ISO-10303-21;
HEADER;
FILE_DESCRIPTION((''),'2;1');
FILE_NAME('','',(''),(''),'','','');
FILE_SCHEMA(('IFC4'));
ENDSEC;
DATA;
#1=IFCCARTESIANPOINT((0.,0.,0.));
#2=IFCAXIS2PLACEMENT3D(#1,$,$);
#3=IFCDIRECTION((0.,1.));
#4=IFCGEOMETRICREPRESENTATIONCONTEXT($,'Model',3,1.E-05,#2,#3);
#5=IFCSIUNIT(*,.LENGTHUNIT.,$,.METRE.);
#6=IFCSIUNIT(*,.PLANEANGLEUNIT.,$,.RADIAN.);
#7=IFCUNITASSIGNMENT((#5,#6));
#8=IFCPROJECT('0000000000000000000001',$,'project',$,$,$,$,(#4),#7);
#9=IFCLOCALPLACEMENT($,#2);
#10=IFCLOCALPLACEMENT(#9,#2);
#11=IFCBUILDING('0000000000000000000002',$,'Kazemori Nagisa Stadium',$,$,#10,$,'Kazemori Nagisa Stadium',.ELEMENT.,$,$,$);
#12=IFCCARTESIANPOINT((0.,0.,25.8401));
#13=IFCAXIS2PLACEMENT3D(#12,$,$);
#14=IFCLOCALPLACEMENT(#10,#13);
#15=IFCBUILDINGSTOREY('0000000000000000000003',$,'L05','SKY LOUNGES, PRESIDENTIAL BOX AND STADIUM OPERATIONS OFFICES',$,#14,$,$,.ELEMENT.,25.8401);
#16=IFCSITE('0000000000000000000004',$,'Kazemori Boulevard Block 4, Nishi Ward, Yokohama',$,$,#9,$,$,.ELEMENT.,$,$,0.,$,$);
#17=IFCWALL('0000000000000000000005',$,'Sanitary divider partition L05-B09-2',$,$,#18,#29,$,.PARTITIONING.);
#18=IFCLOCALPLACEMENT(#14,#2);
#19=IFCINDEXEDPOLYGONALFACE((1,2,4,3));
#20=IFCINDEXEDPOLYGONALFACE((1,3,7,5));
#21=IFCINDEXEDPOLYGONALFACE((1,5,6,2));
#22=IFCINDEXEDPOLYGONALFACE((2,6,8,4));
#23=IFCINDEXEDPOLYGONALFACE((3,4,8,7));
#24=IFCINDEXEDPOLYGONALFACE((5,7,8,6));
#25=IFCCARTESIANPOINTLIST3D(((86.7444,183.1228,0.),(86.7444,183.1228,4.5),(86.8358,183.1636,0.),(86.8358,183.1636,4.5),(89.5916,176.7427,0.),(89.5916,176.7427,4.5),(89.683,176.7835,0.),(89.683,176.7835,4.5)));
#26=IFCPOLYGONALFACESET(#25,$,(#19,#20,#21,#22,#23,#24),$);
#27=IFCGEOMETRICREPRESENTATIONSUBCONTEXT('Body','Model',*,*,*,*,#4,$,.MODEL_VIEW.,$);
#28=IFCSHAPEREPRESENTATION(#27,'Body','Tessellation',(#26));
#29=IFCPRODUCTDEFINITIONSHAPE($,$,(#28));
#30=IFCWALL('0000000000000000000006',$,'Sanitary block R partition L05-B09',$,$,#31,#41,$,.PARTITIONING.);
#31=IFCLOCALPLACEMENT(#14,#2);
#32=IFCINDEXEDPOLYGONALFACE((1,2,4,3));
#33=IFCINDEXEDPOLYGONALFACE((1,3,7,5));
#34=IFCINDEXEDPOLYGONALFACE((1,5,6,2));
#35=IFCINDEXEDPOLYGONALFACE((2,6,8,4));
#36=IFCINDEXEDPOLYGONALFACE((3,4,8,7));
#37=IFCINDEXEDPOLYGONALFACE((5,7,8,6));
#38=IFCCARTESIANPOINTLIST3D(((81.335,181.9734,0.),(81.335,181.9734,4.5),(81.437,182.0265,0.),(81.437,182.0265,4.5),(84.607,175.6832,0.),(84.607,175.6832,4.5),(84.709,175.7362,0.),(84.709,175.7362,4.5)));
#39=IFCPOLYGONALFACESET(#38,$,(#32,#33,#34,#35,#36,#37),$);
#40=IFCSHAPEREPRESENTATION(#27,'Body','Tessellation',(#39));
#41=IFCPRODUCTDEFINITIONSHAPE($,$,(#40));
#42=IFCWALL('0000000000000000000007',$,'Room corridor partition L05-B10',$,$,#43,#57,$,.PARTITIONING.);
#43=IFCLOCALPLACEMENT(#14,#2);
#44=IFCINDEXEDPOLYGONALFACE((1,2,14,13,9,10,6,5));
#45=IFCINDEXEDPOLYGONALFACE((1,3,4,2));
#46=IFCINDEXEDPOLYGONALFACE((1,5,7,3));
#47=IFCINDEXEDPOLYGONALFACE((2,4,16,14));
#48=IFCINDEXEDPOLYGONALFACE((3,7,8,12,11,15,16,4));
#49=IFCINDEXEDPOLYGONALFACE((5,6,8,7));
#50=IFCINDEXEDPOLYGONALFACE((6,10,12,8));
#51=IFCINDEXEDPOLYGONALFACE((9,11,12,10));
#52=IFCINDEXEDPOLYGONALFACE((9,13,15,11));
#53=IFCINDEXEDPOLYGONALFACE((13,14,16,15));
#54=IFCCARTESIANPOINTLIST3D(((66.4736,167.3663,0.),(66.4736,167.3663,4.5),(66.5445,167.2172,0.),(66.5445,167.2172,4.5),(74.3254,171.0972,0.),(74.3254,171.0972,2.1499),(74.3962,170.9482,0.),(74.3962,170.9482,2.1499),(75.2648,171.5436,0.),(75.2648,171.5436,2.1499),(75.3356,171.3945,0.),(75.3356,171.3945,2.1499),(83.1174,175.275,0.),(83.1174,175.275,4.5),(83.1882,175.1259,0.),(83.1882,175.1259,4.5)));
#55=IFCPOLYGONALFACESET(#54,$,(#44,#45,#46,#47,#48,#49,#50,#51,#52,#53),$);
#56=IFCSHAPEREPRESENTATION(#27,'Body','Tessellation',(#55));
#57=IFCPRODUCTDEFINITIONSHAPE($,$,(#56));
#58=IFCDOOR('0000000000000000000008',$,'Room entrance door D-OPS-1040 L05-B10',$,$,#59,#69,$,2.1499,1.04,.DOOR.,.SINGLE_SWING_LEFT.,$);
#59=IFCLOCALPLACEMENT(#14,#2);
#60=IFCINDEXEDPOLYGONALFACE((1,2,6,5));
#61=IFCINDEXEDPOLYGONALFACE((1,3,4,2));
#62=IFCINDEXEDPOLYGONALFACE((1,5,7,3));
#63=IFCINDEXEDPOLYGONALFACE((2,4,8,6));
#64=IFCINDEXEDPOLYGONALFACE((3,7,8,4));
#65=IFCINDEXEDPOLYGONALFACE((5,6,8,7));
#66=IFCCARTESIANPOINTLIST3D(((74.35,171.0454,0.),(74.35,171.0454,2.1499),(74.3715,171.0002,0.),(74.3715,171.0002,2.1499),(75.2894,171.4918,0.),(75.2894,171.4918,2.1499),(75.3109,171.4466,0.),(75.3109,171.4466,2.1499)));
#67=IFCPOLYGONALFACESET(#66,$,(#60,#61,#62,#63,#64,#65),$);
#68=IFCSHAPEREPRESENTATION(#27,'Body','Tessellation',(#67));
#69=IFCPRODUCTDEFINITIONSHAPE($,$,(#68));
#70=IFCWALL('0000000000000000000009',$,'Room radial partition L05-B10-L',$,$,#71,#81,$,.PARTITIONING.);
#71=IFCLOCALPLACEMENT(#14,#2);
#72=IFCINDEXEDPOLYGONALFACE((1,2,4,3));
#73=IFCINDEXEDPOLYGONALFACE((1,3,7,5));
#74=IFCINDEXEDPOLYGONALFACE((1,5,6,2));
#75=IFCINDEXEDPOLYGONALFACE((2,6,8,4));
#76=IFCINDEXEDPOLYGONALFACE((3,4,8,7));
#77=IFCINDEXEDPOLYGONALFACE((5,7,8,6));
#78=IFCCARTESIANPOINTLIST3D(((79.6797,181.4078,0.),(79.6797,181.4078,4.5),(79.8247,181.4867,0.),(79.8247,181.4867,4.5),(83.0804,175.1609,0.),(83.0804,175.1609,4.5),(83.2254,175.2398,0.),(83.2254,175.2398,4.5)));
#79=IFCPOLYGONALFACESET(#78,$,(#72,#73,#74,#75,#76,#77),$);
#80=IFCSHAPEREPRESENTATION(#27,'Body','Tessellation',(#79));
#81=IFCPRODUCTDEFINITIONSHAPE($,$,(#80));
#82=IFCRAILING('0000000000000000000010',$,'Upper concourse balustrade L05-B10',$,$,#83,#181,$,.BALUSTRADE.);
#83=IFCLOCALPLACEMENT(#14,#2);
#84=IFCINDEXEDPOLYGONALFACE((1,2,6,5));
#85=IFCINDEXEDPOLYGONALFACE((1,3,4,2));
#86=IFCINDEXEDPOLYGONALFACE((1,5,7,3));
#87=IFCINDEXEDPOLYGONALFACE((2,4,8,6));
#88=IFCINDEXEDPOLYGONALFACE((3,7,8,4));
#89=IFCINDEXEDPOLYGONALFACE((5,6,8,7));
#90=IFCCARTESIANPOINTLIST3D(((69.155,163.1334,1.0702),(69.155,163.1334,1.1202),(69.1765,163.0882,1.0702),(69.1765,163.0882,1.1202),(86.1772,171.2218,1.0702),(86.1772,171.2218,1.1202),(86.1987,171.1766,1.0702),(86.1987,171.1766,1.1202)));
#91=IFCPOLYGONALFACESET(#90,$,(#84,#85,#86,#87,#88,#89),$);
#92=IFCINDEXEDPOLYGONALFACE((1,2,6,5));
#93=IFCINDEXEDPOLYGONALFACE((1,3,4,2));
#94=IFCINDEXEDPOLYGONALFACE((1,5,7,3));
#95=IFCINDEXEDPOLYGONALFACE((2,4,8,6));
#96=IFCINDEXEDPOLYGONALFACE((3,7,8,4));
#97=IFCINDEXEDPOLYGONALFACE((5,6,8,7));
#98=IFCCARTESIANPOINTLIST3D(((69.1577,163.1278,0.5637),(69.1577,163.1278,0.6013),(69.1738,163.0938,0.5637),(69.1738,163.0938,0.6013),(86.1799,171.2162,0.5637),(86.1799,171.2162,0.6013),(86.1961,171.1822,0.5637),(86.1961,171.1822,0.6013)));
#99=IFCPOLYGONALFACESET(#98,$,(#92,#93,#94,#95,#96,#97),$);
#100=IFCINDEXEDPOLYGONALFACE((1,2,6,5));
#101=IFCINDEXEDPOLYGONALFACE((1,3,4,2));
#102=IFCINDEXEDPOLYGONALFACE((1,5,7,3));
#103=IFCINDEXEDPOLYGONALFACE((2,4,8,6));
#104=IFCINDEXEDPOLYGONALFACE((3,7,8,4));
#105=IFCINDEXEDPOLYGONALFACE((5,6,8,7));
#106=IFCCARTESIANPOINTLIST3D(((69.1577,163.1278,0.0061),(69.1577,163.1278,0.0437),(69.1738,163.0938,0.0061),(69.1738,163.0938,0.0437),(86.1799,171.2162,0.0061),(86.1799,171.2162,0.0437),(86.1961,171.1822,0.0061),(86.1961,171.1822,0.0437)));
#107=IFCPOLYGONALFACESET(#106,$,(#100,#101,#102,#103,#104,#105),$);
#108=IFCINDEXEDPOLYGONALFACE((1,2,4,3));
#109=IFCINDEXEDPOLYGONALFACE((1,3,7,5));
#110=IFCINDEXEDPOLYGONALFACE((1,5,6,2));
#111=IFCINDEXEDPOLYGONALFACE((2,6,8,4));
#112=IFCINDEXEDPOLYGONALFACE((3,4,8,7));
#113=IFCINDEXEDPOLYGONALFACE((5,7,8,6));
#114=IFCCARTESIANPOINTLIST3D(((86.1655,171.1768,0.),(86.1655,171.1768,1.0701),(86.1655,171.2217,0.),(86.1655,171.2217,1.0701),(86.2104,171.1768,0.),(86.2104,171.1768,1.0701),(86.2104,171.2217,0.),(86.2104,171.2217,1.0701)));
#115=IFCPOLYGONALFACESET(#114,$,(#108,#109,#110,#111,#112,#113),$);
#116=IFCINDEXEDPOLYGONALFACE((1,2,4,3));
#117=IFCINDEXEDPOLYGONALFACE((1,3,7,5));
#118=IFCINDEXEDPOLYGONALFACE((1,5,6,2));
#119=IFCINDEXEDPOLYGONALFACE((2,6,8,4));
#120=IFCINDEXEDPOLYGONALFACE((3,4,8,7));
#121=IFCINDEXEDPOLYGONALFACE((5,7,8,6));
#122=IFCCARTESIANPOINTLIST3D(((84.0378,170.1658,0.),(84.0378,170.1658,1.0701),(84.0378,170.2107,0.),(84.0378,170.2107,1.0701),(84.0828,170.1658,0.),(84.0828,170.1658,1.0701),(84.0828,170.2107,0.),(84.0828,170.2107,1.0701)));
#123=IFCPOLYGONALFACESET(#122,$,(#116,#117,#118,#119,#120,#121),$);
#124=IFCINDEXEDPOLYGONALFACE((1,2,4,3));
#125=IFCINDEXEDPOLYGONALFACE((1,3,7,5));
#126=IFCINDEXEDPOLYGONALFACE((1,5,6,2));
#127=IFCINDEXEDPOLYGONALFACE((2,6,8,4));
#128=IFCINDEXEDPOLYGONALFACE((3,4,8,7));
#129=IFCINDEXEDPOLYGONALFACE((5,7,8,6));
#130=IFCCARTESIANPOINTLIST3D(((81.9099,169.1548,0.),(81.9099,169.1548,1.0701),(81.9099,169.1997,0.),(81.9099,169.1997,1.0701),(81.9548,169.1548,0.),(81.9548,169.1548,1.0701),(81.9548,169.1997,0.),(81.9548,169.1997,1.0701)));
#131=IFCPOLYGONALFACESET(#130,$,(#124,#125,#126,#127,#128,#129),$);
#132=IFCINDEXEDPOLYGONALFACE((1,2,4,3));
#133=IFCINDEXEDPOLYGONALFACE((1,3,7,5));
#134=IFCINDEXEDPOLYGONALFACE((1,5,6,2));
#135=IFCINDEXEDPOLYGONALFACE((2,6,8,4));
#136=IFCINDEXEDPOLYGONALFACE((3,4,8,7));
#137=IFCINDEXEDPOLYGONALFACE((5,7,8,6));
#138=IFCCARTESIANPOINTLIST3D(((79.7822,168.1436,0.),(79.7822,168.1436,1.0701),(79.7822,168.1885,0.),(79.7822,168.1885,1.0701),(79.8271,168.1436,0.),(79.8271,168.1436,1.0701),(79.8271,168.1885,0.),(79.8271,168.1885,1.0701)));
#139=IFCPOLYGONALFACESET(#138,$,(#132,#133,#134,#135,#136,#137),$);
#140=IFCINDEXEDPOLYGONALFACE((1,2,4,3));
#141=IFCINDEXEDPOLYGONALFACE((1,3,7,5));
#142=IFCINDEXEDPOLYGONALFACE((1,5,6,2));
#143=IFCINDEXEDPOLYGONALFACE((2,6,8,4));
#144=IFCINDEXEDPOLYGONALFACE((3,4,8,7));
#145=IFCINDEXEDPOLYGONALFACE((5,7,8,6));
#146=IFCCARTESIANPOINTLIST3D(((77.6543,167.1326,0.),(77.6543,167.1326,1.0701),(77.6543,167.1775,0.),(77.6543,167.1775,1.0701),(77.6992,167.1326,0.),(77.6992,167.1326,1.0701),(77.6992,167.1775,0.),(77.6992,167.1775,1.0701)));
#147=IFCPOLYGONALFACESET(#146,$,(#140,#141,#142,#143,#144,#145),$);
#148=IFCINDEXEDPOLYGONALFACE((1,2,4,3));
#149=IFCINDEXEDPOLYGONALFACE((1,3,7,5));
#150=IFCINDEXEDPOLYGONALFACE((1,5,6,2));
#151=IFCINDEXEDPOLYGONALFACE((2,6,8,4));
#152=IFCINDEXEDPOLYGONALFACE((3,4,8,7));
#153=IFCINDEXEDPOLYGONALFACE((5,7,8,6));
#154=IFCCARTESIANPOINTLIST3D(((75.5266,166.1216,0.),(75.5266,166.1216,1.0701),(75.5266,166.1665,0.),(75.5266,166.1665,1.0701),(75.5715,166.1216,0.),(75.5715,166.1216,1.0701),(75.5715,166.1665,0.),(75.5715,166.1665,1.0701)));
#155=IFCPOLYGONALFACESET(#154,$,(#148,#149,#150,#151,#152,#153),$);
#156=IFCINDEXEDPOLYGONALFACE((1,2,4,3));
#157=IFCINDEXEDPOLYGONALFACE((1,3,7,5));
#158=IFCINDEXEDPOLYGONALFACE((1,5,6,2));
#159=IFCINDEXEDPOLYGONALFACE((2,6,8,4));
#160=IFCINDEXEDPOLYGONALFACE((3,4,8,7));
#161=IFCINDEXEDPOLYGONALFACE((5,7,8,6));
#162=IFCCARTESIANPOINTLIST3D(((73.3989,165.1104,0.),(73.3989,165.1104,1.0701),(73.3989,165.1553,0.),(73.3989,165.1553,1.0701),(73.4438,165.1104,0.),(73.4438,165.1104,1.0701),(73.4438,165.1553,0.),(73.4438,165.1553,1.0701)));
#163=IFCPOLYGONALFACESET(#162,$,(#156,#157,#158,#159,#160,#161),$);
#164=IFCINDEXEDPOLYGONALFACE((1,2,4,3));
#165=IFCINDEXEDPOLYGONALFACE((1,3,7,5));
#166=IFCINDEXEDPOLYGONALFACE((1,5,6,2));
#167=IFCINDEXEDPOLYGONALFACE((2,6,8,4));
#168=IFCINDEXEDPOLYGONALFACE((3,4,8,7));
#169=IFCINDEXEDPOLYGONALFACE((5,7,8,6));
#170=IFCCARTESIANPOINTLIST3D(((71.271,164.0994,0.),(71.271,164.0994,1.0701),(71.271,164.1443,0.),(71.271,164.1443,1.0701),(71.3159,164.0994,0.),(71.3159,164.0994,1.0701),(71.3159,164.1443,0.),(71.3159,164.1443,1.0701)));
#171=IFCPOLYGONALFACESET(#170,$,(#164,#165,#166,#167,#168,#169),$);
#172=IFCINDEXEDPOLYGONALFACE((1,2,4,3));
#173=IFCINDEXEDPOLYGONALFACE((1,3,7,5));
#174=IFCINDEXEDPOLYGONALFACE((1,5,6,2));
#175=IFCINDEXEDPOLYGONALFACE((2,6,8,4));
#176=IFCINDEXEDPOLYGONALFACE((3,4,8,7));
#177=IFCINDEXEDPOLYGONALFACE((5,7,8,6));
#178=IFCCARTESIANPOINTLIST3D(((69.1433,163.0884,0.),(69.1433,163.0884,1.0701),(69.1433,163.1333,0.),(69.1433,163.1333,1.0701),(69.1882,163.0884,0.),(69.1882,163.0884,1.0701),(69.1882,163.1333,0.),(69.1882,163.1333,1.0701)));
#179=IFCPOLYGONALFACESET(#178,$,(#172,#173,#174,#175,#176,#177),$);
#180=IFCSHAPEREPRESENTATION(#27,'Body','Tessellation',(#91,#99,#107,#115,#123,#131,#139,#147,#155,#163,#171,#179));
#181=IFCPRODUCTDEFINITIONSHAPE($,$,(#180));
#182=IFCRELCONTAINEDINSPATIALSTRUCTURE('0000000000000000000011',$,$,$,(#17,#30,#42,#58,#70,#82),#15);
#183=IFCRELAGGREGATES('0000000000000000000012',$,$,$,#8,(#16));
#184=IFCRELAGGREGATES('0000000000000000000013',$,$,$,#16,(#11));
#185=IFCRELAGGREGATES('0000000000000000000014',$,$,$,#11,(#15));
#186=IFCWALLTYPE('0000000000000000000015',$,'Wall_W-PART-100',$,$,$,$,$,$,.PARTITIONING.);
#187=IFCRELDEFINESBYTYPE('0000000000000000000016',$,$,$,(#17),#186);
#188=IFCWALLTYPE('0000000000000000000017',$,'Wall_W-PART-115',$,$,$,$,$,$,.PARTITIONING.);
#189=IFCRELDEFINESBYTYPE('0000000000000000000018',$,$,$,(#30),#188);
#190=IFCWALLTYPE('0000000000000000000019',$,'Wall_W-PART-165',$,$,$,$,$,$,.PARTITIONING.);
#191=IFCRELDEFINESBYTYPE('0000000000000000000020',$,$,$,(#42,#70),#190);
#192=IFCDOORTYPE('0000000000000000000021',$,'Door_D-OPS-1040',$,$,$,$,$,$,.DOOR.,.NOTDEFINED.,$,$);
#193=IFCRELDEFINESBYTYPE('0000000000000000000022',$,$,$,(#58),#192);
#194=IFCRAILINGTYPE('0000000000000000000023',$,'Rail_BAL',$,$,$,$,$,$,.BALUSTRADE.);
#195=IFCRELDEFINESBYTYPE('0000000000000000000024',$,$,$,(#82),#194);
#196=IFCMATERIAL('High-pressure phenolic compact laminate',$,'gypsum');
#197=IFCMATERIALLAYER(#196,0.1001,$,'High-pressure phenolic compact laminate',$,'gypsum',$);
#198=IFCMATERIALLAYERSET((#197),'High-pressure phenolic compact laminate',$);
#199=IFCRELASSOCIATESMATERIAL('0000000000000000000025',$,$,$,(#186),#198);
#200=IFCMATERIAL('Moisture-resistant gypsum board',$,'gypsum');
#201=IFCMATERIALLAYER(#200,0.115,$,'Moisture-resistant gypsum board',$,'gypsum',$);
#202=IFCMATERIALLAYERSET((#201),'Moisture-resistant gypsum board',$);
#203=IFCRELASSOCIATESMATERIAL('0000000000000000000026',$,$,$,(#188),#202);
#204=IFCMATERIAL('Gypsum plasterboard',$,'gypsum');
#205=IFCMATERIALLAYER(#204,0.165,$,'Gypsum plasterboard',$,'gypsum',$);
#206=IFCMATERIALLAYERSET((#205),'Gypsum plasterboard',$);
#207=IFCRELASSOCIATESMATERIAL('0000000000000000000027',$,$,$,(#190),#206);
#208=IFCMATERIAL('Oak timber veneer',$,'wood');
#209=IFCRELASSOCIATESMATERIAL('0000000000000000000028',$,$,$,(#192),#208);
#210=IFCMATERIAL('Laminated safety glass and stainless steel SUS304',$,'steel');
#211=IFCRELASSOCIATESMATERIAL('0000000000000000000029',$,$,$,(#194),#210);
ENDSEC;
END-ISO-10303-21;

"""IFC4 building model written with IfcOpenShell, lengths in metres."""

from ifc_helpers import new_model, si_unit, direction, frame, frame_2d, origin, origin_2d, place, context, subcontext, project, spatial, rectangle, extrude, material, layer, layer_set, type_object, element, fill, save


model = new_model("IFC4")

# Units and contexts
model_context = context("Model", 3, precision=1e-05, world=origin(), true_north=direction((0.0, 1.0)))
body_context = subcontext(model_context, "Body", "Model", "MODEL_VIEW")
ifc_project = project(units=[si_unit("LENGTHUNIT", "METRE"), si_unit("PLANEANGLEUNIT", "RADIAN")], contexts=[model_context])

# Site, building, storey
site_placement = place(None, origin())
site = spatial("IfcSite", under=ifc_project, at=site_placement, Name="Kazemori Boulevard Block 4, Nishi Ward, Yokohama", CompositionType="ELEMENT", RefElevation=0.0)
building_placement = place(site_placement, origin())
building = spatial("IfcBuilding", under=site, at=building_placement, Name="Kazemori Nagisa Stadium", LongName="Kazemori Nagisa Stadium", CompositionType="ELEMENT")
storey_placement = place(building_placement, frame((0.0, 0.0, 25.8401)))
storey = spatial("IfcBuildingStorey", under=building, at=storey_placement, Name="L05", Description="SKY LOUNGES, PRESIDENTIAL BOX AND STADIUM OPERATIONS OFFICES", CompositionType="ELEMENT", Elevation=25.8401)

# Walls
ifc_material_1 = material(Name="High-pressure phenolic compact laminate", Category="gypsum")
ifc_layer_1 = layer(ifc_material_1, 0.1001, Name="High-pressure phenolic compact laminate", Category="gypsum")
ifc_layer_set_1 = layer_set([ifc_layer_1], Name="High-pressure phenolic compact laminate")
wall_type_1 = type_object("IfcWallType", Name="Wall_W-PART-100", PredefinedType="PARTITIONING", material=ifc_layer_set_1)
wall_1_placement = place(storey_placement, frame((89.6372, 176.7632, 0.0), z_axis=(0.0, 0.0, 1.0), x_axis=(-0.407519, 0.913197, 0.0)))
element("IfcWall", 1, at=wall_1_placement, inside=storey, type_object=wall_type_1, Name="Sanitary divider partition L05-B09-2", PredefinedType="PARTITIONING", context=body_context, shape_type="SweptSolid", body=[
    extrude(rectangle(XDim=6.9866, YDim=0.1001, at=frame_2d((3.4932, 0.0))), origin(), (0.0, 0.0, 1.0), 4.5),
])
ifc_material_2 = material(Name="Moisture-resistant gypsum board", Category="gypsum")
ifc_layer_2 = layer(ifc_material_2, 0.115, Name="Moisture-resistant gypsum board", Category="gypsum")
ifc_layer_set_2 = layer_set([ifc_layer_2], Name="Moisture-resistant gypsum board")
wall_type_2 = type_object("IfcWallType", Name="Wall_W-PART-115", PredefinedType="PARTITIONING", material=ifc_layer_set_2)
wall_2_placement = place(storey_placement, frame((84.658, 175.7097, 0.0), z_axis=(0.0, 0.0, 1.0), x_axis=(-0.461467, 0.887158, 0.0)))
element("IfcWall", 2, at=wall_2_placement, inside=storey, type_object=wall_type_2, Name="Sanitary block R partition L05-B09", PredefinedType="PARTITIONING", context=body_context, shape_type="SweptSolid", body=[
    extrude(rectangle(XDim=7.0903, YDim=0.115, at=frame_2d((3.5452, 0.0))), origin(), (0.0, 0.0, 1.0), 4.5),
])

# Wall, opening, door
ifc_material_3 = material(Name="Gypsum plasterboard", Category="gypsum")
ifc_layer_3 = layer(ifc_material_3, 0.165, Name="Gypsum plasterboard", Category="gypsum")
ifc_layer_set_3 = layer_set([ifc_layer_3], Name="Gypsum plasterboard")
wall_type_3 = type_object("IfcWallType", Name="Wall_W-PART-165", PredefinedType="PARTITIONING", material=ifc_layer_set_3)
wall_3_placement = place(storey_placement, frame((83.1528, 175.2004, 0.0), z_axis=(0.0, 0.0, 1.0), x_axis=(-0.903217, -0.429185, 0.0)))
wall_3 = element("IfcWall", 3, at=wall_3_placement, inside=storey, type_object=wall_type_3, Name="Room corridor partition L05-B10", PredefinedType="PARTITIONING", context=body_context, shape_type="SweptSolid", body=[
    extrude(rectangle(XDim=18.4272, YDim=0.165, at=frame_2d((9.2136, 0.0))), origin(), (0.0, 0.0, 1.0), 4.5),
])
opening_1_placement = place(wall_3_placement, frame((8.6941, 0.0, 0.0)))
opening_1 = element("IfcOpeningElement", 4, at=opening_1_placement, cuts=wall_3, PredefinedType="OPENING", context=body_context, shape_type="SweptSolid", body=[
    extrude(rectangle(XDim=1.04, YDim=2.1499, at=frame_2d((0.52, 1.075))), frame((0.0, 0.0925, 0.0), z_axis=(0.0, -1.0, 0.0), x_axis=(1.0, 0.0, 0.0)), (0.0, 0.0, 1.0), 0.1851),
])
ifc_material_4 = material(Name="Oak timber veneer", Category="wood")
door_type = type_object("IfcDoorType", Name="Door_D-OPS-1040", OperationType="NOTDEFINED", PredefinedType="DOOR", material=ifc_material_4)
door_placement = place(opening_1_placement, origin())
door = element("IfcDoor", 5, at=door_placement, inside=storey, type_object=door_type, Name="Room entrance door D-OPS-1040 L05-B10", OperationType="SINGLE_SWING_LEFT", OverallHeight=2.1499, OverallWidth=1.04, PredefinedType="DOOR", context=body_context, shape_type="SweptSolid", body=[
    extrude(rectangle(XDim=1.04, YDim=2.1499, at=frame_2d((0.52, 1.075))), frame((0.0, 0.0249, 0.0), z_axis=(0.0, -1.0, 0.0), x_axis=(1.0, 0.0, 0.0)), (0.0, 0.0, 1.0), 0.05),
])
fill(opening_1, door)

# Wall
wall_4_placement = place(storey_placement, frame((83.1528, 175.2004, 0.0), z_axis=(0.0, 0.0, 1.0), x_axis=(-0.478123, 0.878293, 0.0)))
element("IfcWall", 6, at=wall_4_placement, inside=storey, type_object=wall_type_3, Name="Room radial partition L05-B10-L", PredefinedType="PARTITIONING", context=body_context, shape_type="SweptSolid", body=[
    extrude(rectangle(XDim=7.1125, YDim=0.165, at=frame_2d((3.5562, 0.0))), origin(), (0.0, 0.0, 1.0), 4.5),
])

# Railing
ifc_material_5 = material(Name="Laminated safety glass and stainless steel SUS304", Category="steel")
railing_type = type_object("IfcRailingType", Name="Rail_BAL", PredefinedType="BALUSTRADE", material=ifc_material_5)
railing_placement = place(storey_placement, frame((86.188, 171.1992, 0.0)))
element("IfcRailing", 7, at=railing_placement, inside=storey, type_object=railing_type, Name="Upper concourse balustrade L05-B10", PredefinedType="BALUSTRADE", context=body_context, shape_type="SweptSolid", body=[
    extrude(rectangle(XDim=0.05, YDim=0.05, at=origin_2d()), frame((0.0, 0.0, 1.0952), z_axis=(-0.903219, -0.429179, 0.0), x_axis=(0.429179, -0.903219, 0.0)), (0.0, 0.0, 1.0), 18.8462),
    extrude(rectangle(XDim=0.0376, YDim=0.0376, at=origin_2d()), frame((0.0, 0.0, 0.5825), z_axis=(-0.903219, -0.429179, 0.0), x_axis=(0.429179, -0.903219, 0.0)), (0.0, 0.0, 1.0), 18.8462),
    extrude(rectangle(XDim=0.0376, YDim=0.0376, at=origin_2d()), frame((0.0, 0.0, 0.0249), z_axis=(-0.903219, -0.429179, 0.0), x_axis=(0.429179, -0.903219, 0.0)), (0.0, 0.0, 1.0), 18.8462),
    extrude(rectangle(XDim=0.0449, YDim=0.0449, at=origin_2d()), origin(), (0.0, 0.0, 1.0), 1.0701),
    extrude(rectangle(XDim=0.0449, YDim=0.0449, at=origin_2d()), frame((-2.1277, -1.011, 0.0)), (0.0, 0.0, 1.0), 1.0701),
    extrude(rectangle(XDim=0.0449, YDim=0.0449, at=origin_2d()), frame((-4.2556, -2.022, 0.0)), (0.0, 0.0, 1.0), 1.0701),
    extrude(rectangle(XDim=0.0449, YDim=0.0449, at=origin_2d()), frame((-6.3833, -3.0332, 0.0)), (0.0, 0.0, 1.0), 1.0701),
    extrude(rectangle(XDim=0.0449, YDim=0.0449, at=origin_2d()), frame((-8.5112, -4.0442, 0.0)), (0.0, 0.0, 1.0), 1.0701),
    extrude(rectangle(XDim=0.0449, YDim=0.0449, at=origin_2d()), frame((-10.6389, -5.0552, 0.0)), (0.0, 0.0, 1.0), 1.0701),
    extrude(rectangle(XDim=0.0449, YDim=0.0449, at=origin_2d()), frame((-12.7666, -6.0664, 0.0)), (0.0, 0.0, 1.0), 1.0701),
    extrude(rectangle(XDim=0.0449, YDim=0.0449, at=origin_2d()), frame((-14.8945, -7.0774, 0.0)), (0.0, 0.0, 1.0), 1.0701),
    extrude(rectangle(XDim=0.0449, YDim=0.0449, at=origin_2d()), frame((-17.0222, -8.0884, 0.0)), (0.0, 0.0, 1.0), 1.0701),
])

save(model, "model.ifc")
